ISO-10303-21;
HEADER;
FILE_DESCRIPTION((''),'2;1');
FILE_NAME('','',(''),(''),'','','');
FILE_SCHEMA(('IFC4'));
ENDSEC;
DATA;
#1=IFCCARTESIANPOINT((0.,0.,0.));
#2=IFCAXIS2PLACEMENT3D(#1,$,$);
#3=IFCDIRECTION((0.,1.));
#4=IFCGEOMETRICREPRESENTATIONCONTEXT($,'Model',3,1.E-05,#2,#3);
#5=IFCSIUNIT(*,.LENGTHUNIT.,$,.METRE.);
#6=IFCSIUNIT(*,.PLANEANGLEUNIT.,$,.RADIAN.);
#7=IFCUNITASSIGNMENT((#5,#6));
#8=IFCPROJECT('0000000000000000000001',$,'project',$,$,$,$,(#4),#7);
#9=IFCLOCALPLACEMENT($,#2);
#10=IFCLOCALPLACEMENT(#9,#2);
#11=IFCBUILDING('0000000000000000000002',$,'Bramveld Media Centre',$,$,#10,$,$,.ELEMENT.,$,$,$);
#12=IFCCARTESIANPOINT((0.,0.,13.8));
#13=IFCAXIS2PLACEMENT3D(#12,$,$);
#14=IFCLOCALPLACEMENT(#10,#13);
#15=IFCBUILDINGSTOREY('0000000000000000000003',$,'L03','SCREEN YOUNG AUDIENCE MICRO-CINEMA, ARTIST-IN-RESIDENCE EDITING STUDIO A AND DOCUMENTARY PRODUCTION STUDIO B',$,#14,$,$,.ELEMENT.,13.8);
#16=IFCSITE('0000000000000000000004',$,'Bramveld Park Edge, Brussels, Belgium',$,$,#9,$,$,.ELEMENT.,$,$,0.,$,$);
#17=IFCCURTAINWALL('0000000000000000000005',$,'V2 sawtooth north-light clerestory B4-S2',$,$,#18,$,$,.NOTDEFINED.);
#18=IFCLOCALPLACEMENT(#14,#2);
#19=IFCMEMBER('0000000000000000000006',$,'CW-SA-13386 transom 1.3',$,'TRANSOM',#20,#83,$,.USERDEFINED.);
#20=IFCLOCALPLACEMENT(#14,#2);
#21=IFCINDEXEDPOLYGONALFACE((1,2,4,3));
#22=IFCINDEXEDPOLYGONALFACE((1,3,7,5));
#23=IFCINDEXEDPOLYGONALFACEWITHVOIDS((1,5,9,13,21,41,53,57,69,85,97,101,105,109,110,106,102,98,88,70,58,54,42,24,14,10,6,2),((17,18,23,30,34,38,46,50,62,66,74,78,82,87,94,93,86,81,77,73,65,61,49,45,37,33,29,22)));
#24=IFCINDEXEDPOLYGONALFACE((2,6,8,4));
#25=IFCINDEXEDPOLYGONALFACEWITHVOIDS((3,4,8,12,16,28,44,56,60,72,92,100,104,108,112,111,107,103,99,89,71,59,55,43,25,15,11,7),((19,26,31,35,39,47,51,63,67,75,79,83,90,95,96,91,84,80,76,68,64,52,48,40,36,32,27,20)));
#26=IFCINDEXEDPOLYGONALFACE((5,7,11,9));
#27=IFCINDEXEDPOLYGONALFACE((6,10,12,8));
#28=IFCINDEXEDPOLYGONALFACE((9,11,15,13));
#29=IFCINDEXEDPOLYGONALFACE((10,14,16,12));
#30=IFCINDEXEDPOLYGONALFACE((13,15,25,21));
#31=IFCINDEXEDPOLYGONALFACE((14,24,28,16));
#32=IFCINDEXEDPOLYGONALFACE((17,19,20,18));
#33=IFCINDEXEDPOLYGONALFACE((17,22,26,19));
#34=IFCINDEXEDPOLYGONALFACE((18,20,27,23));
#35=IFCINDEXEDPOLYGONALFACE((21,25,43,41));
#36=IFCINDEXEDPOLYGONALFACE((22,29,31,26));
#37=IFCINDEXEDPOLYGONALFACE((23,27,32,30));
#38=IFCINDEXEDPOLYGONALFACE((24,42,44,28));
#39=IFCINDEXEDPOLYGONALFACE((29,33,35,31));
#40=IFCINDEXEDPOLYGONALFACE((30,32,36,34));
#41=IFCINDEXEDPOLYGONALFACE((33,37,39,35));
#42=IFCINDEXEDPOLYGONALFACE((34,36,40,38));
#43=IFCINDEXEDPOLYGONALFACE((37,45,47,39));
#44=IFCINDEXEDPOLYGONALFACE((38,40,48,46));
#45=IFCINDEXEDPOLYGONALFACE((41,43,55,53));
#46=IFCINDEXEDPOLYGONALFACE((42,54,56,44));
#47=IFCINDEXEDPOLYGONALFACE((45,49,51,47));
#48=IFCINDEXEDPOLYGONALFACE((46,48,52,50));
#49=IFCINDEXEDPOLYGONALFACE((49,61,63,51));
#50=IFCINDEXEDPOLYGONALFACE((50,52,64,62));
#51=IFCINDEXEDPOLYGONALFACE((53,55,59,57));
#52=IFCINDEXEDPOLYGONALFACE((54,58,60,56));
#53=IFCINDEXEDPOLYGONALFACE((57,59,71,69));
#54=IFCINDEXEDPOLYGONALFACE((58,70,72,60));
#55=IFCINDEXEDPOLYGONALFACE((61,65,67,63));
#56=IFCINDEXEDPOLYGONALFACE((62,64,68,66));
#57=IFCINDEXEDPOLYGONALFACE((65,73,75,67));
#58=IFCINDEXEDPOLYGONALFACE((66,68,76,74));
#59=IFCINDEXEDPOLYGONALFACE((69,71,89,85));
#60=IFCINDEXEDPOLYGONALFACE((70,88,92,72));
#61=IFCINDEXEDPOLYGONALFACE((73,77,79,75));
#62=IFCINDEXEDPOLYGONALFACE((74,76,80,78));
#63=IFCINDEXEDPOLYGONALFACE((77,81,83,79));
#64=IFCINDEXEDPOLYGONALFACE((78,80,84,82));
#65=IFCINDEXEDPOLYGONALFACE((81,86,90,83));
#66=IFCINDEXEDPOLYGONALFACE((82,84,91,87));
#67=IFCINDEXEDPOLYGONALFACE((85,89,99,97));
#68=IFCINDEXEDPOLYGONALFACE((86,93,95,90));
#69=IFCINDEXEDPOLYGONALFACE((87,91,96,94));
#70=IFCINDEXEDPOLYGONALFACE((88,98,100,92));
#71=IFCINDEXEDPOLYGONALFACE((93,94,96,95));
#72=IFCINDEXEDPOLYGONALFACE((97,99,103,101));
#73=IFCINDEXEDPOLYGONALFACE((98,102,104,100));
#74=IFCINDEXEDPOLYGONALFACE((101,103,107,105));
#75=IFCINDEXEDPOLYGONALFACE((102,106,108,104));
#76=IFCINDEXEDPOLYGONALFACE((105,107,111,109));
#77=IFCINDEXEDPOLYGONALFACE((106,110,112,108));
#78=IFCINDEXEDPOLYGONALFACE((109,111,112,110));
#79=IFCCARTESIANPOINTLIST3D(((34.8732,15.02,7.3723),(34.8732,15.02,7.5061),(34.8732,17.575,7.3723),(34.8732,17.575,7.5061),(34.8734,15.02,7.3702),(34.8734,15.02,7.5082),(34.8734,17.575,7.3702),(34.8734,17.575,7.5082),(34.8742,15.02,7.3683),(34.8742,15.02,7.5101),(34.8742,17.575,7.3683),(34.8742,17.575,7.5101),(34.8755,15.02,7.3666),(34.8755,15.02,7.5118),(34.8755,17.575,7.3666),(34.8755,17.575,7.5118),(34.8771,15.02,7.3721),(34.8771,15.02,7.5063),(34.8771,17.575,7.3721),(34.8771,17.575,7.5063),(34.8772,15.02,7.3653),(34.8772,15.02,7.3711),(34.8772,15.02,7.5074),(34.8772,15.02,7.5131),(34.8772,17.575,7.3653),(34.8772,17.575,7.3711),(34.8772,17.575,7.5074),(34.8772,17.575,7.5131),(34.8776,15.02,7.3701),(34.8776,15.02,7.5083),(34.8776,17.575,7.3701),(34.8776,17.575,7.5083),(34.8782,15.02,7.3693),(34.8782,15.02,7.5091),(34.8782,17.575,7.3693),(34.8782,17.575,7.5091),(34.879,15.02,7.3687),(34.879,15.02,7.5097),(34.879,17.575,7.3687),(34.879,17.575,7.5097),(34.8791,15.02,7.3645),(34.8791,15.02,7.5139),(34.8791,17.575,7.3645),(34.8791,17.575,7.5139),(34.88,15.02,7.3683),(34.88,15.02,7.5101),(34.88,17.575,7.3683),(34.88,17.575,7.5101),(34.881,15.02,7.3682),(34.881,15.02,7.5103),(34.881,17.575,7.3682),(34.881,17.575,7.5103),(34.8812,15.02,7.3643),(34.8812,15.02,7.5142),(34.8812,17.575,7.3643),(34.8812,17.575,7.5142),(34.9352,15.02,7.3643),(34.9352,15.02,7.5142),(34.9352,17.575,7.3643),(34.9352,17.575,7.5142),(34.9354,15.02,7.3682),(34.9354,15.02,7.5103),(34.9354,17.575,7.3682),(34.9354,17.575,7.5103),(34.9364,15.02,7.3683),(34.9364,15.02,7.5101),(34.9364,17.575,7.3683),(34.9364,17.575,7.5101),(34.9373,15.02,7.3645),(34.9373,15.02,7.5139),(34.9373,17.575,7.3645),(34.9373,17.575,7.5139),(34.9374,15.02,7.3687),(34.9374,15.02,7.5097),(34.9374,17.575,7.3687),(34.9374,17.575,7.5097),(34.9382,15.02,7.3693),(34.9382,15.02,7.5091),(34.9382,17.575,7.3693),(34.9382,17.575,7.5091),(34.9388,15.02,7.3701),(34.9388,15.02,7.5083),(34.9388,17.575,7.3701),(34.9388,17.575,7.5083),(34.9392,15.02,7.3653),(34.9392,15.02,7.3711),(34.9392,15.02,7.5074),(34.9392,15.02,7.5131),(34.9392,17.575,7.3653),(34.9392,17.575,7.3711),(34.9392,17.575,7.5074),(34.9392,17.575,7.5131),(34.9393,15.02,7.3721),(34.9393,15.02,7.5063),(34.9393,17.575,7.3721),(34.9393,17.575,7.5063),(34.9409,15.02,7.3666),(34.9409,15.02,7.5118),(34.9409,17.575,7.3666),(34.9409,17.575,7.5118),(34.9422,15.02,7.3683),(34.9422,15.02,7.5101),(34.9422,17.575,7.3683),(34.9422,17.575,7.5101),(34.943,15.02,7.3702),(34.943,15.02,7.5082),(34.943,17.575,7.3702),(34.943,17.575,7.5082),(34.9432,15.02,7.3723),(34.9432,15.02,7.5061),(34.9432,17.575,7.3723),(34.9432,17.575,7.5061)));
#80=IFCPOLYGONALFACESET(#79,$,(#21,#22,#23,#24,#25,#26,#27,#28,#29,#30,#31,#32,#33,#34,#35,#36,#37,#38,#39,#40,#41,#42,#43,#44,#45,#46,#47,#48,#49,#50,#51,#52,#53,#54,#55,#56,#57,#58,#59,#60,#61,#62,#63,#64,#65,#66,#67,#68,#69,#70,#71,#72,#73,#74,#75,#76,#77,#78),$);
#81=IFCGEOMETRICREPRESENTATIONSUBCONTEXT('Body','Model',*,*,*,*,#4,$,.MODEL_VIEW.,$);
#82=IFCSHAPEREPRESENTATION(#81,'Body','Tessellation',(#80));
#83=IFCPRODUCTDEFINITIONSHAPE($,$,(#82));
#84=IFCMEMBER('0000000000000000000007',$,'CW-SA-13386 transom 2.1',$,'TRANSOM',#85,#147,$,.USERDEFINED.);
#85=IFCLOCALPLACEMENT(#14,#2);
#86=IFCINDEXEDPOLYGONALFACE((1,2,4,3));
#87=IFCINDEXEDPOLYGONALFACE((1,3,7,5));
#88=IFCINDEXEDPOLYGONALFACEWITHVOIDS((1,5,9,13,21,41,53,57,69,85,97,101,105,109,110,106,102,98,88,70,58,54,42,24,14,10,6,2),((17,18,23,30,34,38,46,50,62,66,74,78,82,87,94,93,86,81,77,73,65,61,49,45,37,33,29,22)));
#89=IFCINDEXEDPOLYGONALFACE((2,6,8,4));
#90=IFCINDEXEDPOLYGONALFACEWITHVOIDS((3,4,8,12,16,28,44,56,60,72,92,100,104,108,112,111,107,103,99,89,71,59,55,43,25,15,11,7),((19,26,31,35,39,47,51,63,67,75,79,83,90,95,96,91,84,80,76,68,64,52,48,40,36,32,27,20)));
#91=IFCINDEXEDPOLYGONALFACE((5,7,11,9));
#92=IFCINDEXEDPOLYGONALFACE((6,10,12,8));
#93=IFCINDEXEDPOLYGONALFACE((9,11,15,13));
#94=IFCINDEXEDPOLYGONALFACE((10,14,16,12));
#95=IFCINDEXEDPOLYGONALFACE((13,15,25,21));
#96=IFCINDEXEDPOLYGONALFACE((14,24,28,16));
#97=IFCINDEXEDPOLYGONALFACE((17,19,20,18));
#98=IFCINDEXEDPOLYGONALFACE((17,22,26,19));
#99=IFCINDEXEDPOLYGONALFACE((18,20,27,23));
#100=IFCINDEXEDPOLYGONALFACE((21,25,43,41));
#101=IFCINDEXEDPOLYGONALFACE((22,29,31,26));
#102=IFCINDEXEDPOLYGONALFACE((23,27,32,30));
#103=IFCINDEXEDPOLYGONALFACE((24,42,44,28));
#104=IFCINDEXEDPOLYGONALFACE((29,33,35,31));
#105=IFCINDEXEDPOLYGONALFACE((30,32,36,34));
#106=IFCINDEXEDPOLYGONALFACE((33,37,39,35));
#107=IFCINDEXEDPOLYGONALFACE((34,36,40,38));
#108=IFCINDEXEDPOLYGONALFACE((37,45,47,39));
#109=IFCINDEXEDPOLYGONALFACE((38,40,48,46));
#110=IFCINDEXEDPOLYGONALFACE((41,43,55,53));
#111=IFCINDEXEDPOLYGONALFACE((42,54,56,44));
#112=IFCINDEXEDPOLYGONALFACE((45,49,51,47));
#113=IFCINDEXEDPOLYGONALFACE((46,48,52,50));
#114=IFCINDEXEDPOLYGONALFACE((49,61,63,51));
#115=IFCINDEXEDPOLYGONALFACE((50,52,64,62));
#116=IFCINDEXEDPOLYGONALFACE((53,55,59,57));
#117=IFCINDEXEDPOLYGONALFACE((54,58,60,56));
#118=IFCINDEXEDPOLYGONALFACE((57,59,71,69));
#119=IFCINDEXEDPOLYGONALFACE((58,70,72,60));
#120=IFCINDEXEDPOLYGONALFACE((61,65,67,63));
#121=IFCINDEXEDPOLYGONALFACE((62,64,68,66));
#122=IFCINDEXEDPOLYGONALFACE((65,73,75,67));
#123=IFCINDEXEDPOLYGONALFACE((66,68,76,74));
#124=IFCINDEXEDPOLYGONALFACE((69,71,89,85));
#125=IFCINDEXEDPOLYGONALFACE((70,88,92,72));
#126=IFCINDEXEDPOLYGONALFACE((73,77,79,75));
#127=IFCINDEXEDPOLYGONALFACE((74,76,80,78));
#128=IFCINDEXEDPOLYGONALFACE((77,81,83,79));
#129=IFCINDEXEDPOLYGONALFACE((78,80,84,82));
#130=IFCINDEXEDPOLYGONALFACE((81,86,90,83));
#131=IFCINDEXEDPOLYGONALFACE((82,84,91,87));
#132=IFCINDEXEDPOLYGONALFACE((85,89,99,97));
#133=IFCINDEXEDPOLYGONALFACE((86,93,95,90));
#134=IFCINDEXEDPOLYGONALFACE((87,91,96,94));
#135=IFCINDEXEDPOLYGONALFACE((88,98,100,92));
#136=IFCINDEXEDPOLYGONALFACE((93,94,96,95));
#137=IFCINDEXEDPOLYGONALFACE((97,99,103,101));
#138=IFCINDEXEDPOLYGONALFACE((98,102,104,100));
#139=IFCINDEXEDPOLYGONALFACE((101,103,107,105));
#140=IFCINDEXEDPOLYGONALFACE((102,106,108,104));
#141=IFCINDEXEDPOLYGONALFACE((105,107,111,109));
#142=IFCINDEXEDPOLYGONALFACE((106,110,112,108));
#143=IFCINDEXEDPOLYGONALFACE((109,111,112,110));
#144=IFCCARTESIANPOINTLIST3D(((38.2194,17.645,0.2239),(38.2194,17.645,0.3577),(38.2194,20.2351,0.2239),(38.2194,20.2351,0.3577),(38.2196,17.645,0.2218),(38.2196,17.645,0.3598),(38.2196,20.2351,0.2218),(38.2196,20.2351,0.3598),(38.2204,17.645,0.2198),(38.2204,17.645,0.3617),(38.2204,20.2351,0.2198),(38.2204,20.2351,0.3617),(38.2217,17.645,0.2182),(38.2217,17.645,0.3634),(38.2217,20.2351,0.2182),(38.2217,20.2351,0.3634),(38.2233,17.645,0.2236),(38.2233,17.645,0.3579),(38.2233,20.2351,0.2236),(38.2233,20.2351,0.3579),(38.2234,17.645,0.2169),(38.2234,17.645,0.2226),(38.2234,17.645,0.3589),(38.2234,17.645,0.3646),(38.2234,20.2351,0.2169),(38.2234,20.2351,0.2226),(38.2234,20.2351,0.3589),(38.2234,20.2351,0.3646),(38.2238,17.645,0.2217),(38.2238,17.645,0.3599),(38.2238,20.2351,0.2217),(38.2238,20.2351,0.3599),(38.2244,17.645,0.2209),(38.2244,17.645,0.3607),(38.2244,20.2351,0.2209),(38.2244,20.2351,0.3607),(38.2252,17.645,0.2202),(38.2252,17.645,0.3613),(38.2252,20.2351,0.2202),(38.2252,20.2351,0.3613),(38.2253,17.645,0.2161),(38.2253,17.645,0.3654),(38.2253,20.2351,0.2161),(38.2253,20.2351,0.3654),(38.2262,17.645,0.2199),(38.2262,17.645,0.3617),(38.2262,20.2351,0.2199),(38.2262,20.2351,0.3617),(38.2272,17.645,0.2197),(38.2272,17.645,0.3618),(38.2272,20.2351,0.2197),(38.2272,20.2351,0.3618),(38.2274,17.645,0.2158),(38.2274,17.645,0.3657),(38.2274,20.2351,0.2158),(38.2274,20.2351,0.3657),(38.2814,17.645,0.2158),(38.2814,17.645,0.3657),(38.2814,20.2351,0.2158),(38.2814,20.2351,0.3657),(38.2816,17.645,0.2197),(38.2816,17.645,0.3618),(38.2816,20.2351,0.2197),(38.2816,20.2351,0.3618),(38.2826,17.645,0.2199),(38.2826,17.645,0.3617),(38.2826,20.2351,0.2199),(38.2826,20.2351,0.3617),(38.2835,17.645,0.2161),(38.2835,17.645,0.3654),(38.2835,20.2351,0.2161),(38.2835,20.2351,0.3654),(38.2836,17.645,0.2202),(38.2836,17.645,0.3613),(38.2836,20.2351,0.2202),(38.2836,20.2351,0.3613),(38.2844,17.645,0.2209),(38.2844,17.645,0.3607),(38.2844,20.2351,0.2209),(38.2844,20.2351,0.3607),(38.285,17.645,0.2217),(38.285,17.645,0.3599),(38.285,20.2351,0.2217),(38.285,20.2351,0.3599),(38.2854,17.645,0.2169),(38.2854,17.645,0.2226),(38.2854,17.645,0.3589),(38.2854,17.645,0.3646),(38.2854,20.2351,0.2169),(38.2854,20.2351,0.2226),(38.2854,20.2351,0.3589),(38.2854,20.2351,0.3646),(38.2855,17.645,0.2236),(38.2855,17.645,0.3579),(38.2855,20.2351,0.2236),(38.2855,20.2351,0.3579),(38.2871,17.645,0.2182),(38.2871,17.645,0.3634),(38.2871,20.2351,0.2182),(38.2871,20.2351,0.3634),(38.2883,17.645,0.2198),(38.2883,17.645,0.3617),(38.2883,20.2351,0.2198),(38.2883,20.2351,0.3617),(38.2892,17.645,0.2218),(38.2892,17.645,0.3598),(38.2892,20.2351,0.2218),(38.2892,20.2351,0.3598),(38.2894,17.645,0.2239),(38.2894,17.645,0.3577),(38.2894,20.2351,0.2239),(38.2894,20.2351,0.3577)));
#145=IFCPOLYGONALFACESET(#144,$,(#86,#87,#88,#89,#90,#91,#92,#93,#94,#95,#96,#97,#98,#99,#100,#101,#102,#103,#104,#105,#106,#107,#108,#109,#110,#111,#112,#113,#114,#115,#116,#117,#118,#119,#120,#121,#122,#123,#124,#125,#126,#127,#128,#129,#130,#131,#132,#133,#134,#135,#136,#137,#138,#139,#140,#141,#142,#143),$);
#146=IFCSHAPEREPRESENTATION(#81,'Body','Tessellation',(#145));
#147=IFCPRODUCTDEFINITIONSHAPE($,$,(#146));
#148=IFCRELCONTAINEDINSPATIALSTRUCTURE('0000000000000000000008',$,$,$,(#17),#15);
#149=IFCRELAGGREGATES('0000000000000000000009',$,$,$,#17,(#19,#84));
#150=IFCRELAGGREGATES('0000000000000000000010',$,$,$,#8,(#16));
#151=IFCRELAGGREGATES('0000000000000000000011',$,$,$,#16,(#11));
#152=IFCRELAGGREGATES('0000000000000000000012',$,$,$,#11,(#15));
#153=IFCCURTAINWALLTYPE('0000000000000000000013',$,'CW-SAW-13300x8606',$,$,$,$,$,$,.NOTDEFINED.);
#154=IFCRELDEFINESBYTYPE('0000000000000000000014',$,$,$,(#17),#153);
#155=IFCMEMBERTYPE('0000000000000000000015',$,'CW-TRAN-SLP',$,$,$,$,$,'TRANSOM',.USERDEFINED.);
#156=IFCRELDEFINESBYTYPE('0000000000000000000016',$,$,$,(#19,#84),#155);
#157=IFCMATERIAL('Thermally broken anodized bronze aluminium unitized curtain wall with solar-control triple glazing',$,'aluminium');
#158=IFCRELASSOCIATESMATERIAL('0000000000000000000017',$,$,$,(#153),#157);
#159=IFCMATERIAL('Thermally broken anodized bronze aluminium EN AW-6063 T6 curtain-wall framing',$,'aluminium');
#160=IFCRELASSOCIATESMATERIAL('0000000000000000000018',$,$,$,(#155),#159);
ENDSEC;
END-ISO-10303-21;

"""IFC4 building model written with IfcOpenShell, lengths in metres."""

from ifc_helpers import new_model, si_unit, direction, frame, origin, origin_2d, place, context, subcontext, project, spatial, hollow_rectangle, extrude, material, material_profile, profile_set, type_object, element, aggregate, save


model = new_model("IFC4")

# Units and contexts
model_context = context("Model", 3, precision=1e-05, world=origin(), true_north=direction((0.0, 1.0)))
body_context = subcontext(model_context, "Body", "Model", "MODEL_VIEW")
ifc_project = project(units=[si_unit("LENGTHUNIT", "METRE"), si_unit("PLANEANGLEUNIT", "RADIAN")], contexts=[model_context])

# Site, building, storey
site_placement = place(None, origin())
site = spatial("IfcSite", under=ifc_project, at=site_placement, Name="Bramveld Park Edge, Brussels, Belgium", CompositionType="ELEMENT", RefElevation=0.0)
building_placement = place(site_placement, origin())
building = spatial("IfcBuilding", under=site, at=building_placement, Name="Bramveld Media Centre", CompositionType="ELEMENT")
storey_placement = place(building_placement, frame((0.0, 0.0, 13.8)))
storey = spatial("IfcBuildingStorey", under=building, at=storey_placement, Name="L03", Description="SCREEN YOUNG AUDIENCE MICRO-CINEMA, ARTIST-IN-RESIDENCE EDITING STUDIO A AND DOCUMENTARY PRODUCTION STUDIO B", CompositionType="ELEMENT", Elevation=13.8)

# Curtain wall
ifc_material_1 = material(Name="Thermally broken anodized bronze aluminium unitized curtain wall with solar-control triple glazing", Category="aluminium")
curtain_wall_type = type_object("IfcCurtainWallType", Name="CW-SAW-13300x8606", PredefinedType="NOTDEFINED", material=ifc_material_1)
curtain_wall_1_placement = place(storey_placement, origin())
curtain_wall_1 = element("IfcCurtainWall", 1, at=curtain_wall_1_placement, inside=storey, type_object=curtain_wall_type, Name="V2 sawtooth north-light clerestory B4-S2", PredefinedType="NOTDEFINED")

# Members
ifc_material_2 = material(Name="Thermally broken anodized bronze aluminium EN AW-6063 T6 curtain-wall framing", Category="aluminium")
ifc_material_profile_1 = material_profile(ifc_material_2, hollow_rectangle(XDim=0.0701, YDim=0.1499, WallThickness=0.0039, InnerFilletRadius=0.0039, OuterFilletRadius=0.0081, at=origin_2d()), Name="AL-TRAN 70x150")
ifc_profile_set_1 = profile_set([ifc_material_profile_1], Name="Thermally broken anodized bronze aluminium EN AW-6063 T6 curtain-wall framing")
member_type_1 = type_object("IfcMemberType", Name="CW-TRAN-SLP", ElementType="TRANSOM", PredefinedType="USERDEFINED", material=ifc_profile_set_1)
member_1_placement = place(storey_placement, frame((34.9082, 15.02, 7.4392), z_axis=(0.0, 1.0, 0.0), x_axis=(-1.0, 0.0, 0.0)))
member_1 = element("IfcMember", 2, at=member_1_placement, type_object=member_type_1, Name="CW-SA-13386 transom 1.3", ObjectType="TRANSOM", PredefinedType="USERDEFINED", context=body_context, shape_type="SweptSolid", body=[
    extrude(hollow_rectangle(XDim=0.0701, YDim=0.1499, WallThickness=0.0039, InnerFilletRadius=0.0039, OuterFilletRadius=0.0081, at=origin_2d()), origin(), (0.0, 0.0, 1.0), 2.5549),
])
member_2_placement = place(storey_placement, frame((38.2544, 17.645, 0.2908), z_axis=(0.0, 1.0, 0.0), x_axis=(-1.0, 0.0, 0.0)))
member_2 = element("IfcMember", 3, at=member_2_placement, type_object=member_type_1, Name="CW-SA-13386 transom 2.1", ObjectType="TRANSOM", PredefinedType="USERDEFINED", context=body_context, shape_type="SweptSolid", body=[
    extrude(hollow_rectangle(XDim=0.0701, YDim=0.1499, WallThickness=0.0039, InnerFilletRadius=0.0039, OuterFilletRadius=0.0081, at=origin_2d()), origin(), (0.0, 0.0, 1.0), 2.5901),
])

aggregate(curtain_wall_1, [member_1, member_2])

save(model, "model.ifc")
